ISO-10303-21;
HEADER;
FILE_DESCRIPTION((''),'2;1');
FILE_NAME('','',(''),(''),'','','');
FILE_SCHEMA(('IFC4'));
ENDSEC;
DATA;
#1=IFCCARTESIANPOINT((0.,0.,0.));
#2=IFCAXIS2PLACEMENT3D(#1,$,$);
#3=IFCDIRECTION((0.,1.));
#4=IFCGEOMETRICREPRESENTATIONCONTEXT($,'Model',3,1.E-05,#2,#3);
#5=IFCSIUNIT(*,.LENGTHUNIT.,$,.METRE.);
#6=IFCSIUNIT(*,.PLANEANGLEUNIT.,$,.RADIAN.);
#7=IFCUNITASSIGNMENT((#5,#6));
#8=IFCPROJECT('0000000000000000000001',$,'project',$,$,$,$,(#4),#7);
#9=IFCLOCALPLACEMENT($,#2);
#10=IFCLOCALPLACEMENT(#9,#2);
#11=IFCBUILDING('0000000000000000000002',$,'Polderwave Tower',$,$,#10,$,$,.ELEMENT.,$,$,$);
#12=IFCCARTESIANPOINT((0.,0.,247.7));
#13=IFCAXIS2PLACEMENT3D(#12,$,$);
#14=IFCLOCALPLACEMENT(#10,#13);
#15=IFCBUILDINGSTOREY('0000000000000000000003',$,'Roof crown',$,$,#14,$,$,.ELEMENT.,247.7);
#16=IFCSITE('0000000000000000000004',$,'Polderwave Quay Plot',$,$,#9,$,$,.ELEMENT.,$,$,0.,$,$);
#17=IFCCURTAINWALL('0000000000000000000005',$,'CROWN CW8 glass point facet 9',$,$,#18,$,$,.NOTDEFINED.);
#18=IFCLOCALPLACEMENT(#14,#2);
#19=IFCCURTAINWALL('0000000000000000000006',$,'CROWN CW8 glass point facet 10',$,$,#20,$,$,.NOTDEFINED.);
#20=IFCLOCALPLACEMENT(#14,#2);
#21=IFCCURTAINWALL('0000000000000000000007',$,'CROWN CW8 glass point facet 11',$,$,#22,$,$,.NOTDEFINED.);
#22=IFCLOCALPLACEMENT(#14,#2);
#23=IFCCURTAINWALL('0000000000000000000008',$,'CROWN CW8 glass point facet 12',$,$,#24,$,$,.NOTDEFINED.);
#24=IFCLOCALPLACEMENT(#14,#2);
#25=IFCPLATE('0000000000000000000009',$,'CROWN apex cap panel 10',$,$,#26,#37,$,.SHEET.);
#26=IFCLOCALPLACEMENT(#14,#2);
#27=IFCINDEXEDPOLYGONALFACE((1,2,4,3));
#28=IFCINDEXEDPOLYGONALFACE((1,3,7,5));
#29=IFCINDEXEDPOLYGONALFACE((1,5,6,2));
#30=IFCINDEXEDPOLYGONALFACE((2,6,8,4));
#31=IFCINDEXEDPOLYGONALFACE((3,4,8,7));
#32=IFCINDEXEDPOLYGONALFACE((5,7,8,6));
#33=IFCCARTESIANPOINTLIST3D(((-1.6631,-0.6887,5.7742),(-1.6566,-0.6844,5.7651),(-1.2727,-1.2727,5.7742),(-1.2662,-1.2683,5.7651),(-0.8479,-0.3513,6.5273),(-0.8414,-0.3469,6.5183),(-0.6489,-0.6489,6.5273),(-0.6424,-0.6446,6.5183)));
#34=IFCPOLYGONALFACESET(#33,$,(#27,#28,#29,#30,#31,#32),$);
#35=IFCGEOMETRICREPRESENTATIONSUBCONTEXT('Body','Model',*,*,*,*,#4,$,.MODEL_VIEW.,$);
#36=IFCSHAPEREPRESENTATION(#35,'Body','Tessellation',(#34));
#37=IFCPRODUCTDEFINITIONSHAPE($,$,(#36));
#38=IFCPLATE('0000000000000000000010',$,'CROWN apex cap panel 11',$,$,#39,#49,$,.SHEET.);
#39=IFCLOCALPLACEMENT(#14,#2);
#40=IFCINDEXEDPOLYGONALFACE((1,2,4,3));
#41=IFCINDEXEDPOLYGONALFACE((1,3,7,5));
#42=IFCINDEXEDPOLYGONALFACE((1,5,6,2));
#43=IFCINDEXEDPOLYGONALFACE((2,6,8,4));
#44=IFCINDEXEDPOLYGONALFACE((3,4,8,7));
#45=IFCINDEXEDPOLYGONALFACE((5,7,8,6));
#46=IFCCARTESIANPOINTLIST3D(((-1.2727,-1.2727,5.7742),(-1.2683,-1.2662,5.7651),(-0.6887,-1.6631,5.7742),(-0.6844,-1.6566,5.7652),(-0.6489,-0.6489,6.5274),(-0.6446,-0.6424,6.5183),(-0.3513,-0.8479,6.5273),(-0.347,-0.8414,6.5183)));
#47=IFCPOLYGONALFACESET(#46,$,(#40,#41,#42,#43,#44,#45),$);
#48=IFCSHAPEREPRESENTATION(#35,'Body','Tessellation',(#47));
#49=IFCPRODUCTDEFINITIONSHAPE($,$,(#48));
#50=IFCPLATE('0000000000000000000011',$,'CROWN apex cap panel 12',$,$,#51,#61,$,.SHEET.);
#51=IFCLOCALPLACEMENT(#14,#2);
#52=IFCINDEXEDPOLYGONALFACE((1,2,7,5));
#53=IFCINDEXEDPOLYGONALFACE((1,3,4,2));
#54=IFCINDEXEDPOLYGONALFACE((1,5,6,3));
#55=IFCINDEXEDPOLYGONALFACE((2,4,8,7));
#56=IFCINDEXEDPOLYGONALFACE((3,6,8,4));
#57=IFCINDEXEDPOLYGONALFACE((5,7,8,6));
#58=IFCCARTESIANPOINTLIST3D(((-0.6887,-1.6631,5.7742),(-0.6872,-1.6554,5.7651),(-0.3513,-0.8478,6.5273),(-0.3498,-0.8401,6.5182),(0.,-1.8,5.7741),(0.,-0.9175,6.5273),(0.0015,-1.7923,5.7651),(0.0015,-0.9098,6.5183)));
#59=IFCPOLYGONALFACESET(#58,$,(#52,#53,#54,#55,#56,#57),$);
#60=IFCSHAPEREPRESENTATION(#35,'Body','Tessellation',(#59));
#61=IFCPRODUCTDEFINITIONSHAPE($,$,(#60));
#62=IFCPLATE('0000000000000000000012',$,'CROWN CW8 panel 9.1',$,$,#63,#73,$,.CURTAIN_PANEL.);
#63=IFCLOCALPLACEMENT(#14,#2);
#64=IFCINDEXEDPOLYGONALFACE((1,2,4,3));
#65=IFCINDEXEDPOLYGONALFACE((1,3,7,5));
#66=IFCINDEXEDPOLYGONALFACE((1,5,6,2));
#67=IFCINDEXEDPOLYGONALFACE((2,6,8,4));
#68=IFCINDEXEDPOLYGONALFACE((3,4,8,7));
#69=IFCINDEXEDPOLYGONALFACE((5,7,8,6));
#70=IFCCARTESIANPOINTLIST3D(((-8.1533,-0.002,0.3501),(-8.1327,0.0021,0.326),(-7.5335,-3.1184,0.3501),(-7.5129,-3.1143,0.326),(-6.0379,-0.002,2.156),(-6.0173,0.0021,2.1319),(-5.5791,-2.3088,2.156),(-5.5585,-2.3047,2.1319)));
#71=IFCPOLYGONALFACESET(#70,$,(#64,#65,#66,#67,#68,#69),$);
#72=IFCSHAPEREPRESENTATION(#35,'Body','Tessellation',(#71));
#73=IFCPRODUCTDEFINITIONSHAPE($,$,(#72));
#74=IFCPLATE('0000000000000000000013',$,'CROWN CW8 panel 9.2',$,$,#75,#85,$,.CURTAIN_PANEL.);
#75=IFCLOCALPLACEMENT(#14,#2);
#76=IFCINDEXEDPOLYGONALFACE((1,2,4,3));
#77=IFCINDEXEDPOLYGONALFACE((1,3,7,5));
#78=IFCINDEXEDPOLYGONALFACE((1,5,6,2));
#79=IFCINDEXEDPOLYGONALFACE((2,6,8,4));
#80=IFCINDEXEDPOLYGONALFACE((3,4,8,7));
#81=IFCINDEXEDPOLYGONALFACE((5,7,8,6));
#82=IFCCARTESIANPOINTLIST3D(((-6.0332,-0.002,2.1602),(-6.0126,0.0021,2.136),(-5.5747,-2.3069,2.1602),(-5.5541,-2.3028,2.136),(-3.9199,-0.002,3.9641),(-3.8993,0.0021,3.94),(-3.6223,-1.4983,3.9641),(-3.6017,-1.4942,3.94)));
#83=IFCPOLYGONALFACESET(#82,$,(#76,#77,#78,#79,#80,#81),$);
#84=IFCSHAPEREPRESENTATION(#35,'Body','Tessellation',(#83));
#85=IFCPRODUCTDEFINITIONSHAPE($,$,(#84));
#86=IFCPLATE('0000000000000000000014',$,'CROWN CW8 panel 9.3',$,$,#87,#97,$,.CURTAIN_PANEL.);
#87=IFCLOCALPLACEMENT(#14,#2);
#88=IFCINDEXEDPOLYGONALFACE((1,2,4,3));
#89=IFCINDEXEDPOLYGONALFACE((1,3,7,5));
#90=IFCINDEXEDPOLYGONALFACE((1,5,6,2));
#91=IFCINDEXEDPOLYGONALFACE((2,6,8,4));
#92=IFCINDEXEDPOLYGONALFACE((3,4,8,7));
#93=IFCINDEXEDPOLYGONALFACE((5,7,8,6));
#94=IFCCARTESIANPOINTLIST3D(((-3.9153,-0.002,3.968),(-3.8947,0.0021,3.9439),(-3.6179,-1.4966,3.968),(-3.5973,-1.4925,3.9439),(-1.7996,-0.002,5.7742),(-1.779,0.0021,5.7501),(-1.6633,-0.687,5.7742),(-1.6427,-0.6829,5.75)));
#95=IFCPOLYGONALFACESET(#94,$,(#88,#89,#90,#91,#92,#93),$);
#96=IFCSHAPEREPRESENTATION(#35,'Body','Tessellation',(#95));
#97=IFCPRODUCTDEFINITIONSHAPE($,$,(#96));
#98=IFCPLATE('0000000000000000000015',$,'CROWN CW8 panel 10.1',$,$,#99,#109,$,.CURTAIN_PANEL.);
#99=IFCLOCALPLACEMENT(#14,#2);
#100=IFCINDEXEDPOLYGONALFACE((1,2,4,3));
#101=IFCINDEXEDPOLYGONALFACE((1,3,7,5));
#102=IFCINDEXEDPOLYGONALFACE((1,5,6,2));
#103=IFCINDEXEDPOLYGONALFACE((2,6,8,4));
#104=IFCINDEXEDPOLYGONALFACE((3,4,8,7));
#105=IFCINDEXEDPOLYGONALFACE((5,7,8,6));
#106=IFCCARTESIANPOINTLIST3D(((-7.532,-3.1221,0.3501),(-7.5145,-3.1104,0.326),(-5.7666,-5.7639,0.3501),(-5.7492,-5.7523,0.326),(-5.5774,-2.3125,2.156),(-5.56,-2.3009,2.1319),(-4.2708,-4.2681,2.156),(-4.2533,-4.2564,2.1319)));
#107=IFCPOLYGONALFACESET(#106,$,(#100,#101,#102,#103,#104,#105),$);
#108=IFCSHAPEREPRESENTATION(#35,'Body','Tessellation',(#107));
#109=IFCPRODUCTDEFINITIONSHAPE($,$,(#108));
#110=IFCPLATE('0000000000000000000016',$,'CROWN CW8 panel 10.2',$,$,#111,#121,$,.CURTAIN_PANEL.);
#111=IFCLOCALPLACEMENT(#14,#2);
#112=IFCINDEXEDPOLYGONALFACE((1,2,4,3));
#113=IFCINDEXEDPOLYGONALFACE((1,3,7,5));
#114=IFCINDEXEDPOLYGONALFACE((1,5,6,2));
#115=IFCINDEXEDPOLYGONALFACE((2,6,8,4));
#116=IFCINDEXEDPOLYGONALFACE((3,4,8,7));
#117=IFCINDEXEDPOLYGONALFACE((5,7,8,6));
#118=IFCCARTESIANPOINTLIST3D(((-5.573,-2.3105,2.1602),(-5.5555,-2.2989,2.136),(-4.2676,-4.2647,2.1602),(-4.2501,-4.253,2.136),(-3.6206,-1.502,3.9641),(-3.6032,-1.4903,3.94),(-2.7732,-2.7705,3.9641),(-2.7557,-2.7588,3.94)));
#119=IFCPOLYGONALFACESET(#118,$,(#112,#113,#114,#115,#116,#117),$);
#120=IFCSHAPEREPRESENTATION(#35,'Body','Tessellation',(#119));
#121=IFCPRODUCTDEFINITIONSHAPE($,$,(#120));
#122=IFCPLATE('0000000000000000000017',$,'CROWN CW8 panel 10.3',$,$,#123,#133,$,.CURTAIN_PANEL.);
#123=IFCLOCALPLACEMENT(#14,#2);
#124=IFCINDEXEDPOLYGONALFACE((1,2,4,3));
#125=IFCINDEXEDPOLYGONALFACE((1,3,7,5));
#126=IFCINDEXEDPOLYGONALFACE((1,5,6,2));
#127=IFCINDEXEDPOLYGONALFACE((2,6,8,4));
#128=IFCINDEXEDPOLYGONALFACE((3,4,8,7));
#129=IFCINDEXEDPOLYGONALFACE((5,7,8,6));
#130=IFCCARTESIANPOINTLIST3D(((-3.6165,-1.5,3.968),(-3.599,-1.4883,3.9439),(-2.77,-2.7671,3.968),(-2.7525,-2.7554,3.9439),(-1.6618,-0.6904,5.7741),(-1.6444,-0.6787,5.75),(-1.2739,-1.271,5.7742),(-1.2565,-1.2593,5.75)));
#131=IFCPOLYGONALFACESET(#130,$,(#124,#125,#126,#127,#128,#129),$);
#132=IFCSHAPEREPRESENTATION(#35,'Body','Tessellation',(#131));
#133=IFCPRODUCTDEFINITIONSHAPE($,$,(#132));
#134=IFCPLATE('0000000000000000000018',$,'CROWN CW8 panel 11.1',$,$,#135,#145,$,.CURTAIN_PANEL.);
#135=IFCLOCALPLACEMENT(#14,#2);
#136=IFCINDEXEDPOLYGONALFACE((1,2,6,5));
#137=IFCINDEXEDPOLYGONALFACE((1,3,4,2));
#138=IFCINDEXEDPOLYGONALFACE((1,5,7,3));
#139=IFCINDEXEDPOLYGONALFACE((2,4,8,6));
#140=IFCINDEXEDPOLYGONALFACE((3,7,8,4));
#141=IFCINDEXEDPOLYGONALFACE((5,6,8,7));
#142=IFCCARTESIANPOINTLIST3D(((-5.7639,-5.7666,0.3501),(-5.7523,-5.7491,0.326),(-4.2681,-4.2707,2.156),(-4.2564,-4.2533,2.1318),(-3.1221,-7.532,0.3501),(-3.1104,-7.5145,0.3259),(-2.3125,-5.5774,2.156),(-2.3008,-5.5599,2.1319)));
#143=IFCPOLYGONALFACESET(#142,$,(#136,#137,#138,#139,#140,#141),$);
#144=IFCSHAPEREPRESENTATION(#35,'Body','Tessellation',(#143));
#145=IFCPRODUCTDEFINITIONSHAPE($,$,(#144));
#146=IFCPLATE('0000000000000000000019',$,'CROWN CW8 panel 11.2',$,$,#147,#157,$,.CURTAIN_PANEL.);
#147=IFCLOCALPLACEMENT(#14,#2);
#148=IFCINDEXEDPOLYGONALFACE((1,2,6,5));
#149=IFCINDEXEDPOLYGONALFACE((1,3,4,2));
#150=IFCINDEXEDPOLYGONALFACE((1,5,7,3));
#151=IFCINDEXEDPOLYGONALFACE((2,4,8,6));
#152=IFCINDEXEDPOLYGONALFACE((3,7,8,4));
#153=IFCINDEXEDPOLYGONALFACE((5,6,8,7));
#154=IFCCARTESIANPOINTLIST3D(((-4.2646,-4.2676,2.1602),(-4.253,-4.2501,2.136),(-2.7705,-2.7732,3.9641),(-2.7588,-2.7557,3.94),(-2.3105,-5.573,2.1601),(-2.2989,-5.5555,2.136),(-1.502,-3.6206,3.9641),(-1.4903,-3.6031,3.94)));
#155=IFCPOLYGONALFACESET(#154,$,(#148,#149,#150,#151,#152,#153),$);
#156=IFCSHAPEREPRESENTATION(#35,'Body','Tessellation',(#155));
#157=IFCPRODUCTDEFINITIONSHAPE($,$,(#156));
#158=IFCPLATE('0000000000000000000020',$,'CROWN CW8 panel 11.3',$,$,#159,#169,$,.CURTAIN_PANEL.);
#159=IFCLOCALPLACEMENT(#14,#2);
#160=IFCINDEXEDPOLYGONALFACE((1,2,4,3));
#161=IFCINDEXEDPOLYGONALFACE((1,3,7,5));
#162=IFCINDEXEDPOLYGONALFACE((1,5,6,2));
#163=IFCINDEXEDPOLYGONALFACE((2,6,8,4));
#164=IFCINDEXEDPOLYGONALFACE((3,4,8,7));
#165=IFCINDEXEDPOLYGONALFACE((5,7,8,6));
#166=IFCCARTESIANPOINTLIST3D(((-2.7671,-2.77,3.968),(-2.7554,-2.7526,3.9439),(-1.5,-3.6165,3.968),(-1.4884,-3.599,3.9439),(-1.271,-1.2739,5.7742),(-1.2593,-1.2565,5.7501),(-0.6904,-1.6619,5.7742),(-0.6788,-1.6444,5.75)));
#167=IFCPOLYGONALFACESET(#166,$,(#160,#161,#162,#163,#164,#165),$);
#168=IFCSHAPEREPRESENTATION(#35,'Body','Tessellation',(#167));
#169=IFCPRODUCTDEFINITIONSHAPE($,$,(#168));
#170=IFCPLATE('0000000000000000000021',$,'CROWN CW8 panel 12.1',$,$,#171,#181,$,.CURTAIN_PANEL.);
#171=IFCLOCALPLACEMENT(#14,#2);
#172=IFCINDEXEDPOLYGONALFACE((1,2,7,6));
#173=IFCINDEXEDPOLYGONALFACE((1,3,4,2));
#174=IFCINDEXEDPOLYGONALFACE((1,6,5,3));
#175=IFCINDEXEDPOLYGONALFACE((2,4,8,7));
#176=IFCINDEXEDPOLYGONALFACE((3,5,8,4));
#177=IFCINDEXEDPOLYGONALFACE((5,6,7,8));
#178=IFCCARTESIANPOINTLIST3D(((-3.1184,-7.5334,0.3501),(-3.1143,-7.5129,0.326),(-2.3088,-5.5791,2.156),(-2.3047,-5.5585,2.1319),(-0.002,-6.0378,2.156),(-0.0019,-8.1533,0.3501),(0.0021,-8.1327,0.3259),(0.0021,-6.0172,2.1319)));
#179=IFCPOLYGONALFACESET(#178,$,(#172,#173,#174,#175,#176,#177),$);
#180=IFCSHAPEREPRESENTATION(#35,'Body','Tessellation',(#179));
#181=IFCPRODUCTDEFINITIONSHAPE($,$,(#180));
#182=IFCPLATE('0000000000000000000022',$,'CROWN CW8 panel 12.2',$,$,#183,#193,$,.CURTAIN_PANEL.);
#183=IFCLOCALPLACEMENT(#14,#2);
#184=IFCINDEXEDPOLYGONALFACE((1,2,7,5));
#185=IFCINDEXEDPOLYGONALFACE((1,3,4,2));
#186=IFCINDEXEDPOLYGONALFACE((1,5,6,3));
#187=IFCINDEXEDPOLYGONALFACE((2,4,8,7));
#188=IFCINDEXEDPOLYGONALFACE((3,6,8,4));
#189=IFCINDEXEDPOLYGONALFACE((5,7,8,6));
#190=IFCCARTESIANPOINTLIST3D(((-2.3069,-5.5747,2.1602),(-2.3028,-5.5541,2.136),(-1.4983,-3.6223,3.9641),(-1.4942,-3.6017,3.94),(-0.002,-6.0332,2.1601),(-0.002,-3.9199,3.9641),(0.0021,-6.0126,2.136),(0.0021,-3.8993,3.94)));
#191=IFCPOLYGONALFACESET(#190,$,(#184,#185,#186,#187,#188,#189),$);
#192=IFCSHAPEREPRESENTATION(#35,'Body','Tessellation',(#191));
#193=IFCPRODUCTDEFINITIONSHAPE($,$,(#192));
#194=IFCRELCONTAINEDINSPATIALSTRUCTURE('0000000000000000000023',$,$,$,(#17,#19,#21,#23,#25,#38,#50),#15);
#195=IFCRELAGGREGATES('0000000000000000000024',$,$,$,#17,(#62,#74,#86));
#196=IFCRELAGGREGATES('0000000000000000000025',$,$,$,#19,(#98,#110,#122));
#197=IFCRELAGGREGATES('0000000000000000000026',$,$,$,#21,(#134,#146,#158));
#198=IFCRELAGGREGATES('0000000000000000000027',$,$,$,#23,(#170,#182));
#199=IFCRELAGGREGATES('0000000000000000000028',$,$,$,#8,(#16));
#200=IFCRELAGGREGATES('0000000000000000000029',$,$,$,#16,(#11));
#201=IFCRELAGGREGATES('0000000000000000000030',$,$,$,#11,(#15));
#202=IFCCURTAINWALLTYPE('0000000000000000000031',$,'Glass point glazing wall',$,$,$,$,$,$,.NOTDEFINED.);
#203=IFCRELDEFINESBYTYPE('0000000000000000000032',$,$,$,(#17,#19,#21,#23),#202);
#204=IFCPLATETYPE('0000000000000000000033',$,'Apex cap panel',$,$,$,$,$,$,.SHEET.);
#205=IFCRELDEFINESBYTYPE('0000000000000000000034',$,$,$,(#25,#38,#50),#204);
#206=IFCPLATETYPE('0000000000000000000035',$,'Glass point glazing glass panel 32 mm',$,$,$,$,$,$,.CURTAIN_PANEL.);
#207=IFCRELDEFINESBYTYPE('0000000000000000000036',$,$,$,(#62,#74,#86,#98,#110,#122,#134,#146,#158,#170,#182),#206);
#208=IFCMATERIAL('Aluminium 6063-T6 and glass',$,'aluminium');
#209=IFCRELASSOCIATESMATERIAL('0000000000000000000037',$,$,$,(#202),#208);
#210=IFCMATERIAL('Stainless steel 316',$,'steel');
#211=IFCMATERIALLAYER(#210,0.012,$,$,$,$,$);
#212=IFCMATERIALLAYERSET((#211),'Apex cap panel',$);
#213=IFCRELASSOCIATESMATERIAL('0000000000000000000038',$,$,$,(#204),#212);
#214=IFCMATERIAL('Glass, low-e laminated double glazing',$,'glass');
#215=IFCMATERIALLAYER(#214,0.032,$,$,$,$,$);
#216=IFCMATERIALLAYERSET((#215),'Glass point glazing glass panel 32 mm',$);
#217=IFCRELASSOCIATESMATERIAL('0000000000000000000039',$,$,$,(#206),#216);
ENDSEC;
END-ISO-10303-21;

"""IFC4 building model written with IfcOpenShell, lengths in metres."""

from ifc_helpers import new_model, si_unit, direction, frame, origin, place, context, subcontext, project, spatial, polyline, outline, extrude, material, layer, layer_set, type_object, element, aggregate, save


model = new_model("IFC4")

# Units and contexts
model_context = context("Model", 3, precision=1e-05, world=origin(), true_north=direction((0.0, 1.0)))
body_context = subcontext(model_context, "Body", "Model", "MODEL_VIEW")
ifc_project = project(units=[si_unit("LENGTHUNIT", "METRE"), si_unit("PLANEANGLEUNIT", "RADIAN")], contexts=[model_context])

# Site, building, storey
site_placement = place(None, origin())
site = spatial("IfcSite", under=ifc_project, at=site_placement, Name="Polderwave Quay Plot", CompositionType="ELEMENT", RefElevation=0.0)
building_placement = place(site_placement, origin())
building = spatial("IfcBuilding", under=site, at=building_placement, Name="Polderwave Tower", CompositionType="ELEMENT")
storey_placement = place(building_placement, frame((0.0, 0.0, 247.7)))
storey = spatial("IfcBuildingStorey", under=building, at=storey_placement, Name="Roof crown", CompositionType="ELEMENT", Elevation=247.7)

# Curtain walls
ifc_material_1 = material(Name="Aluminium 6063-T6 and glass", Category="aluminium")
curtain_wall_type = type_object("IfcCurtainWallType", Name="Glass point glazing wall", PredefinedType="NOTDEFINED", material=ifc_material_1)
curtain_wall_1_placement = place(storey_placement, origin())
curtain_wall_1 = element("IfcCurtainWall", 1, at=curtain_wall_1_placement, inside=storey, type_object=curtain_wall_type, Name="CROWN CW8 glass point facet 9", PredefinedType="NOTDEFINED")
curtain_wall_2_placement = place(storey_placement, origin())
curtain_wall_2 = element("IfcCurtainWall", 2, at=curtain_wall_2_placement, inside=storey, type_object=curtain_wall_type, Name="CROWN CW8 glass point facet 10", PredefinedType="NOTDEFINED")
curtain_wall_3_placement = place(storey_placement, origin())
curtain_wall_3 = element("IfcCurtainWall", 3, at=curtain_wall_3_placement, inside=storey, type_object=curtain_wall_type, Name="CROWN CW8 glass point facet 11", PredefinedType="NOTDEFINED")
curtain_wall_4_placement = place(storey_placement, origin())
curtain_wall_4 = element("IfcCurtainWall", 4, at=curtain_wall_4_placement, inside=storey, type_object=curtain_wall_type, Name="CROWN CW8 glass point facet 12", PredefinedType="NOTDEFINED")

# Plates
ifc_material_2 = material(Name="Stainless steel 316", Category="steel")
ifc_layer_1 = layer(ifc_material_2, 0.012)
ifc_layer_set_1 = layer_set([ifc_layer_1], Name="Apex cap panel")
plate_type_1 = type_object("IfcPlateType", Name="Apex cap panel", PredefinedType="SHEET", material=ifc_layer_set_1)
plate_1_placement = place(storey_placement, frame((-1.6631, -0.6887, 5.7742), z_axis=(-0.545839, -0.3649, 0.75426), x_axis=(0.555751, -0.831349, -0.000012)))
element("IfcPlate", 5, at=plate_1_placement, inside=storey, type_object=plate_type_1, Name="CROWN apex cap panel 10", PredefinedType="SHEET", context=body_context, shape_type="SweptSolid", body=[
    extrude(outline(polyline([(0.0, 0.0), (0.7024, 0.0), (0.5305, 1.1471), (0.1725, 1.1471), (0.0, 0.0)])), origin(), (0.0, 0.0, -1.0), 0.012),
])
plate_2_placement = place(storey_placement, frame((-1.2727, -1.2727, 5.7742), z_axis=(-0.3649, -0.545839, 0.75426), x_axis=(0.831349, -0.555751, 0.000012)))
element("IfcPlate", 6, at=plate_2_placement, inside=storey, type_object=plate_type_1, Name="CROWN apex cap panel 11", PredefinedType="SHEET", context=body_context, shape_type="SweptSolid", body=[
    extrude(outline(polyline([(0.0, 0.0), (0.7024, 0.0), (0.5299, 1.1471), (0.1719, 1.1471), (0.0, 0.0)])), origin(), (0.0, 0.0, -1.0), 0.012),
])
plate_3_placement = place(storey_placement, frame((-0.6887, -1.6631, 5.7742), z_axis=(-0.127872, -0.643894, 0.754353), x_axis=(0.980816, -0.194935, -0.000131)))
element("IfcPlate", 7, at=plate_3_placement, inside=storey, type_object=plate_type_1, Name="CROWN apex cap panel 12", PredefinedType="SHEET", context=body_context, shape_type="SweptSolid", body=[
    extrude(outline(polyline([(0.0, 0.0), (0.7022, 0.0), (0.5301, 1.1474), (0.1719, 1.1472), (0.0, 0.0)])), origin(), (0.0, 0.0, -1.0), 0.012),
])

# Plates
ifc_material_3 = material(Name="Glass, low-e laminated double glazing", Category="glass")
ifc_layer_2 = layer(ifc_material_3, 0.032)
ifc_layer_set_2 = layer_set([ifc_layer_2], Name="Glass point glazing glass panel 32 mm")
plate_type_2 = type_object("IfcPlateType", Name="Glass point glazing glass panel 32 mm", PredefinedType="CURTAIN_PANEL", material=ifc_layer_set_2)
plate_4_placement = place(storey_placement, frame((-8.1533, -0.002, 0.3501), z_axis=(-0.643929, -0.128067, 0.75429), x_axis=(0.195074, -0.980789, 0.000009)))
plate_4 = element("IfcPlate", 8, at=plate_4_placement, type_object=plate_type_2, Name="CROWN CW8 panel 9.1", PredefinedType="CURTAIN_PANEL", context=body_context, shape_type="SweptSolid", body=[
    extrude(outline(polyline([(0.0, 0.0), (3.1775, 0.0), (2.7647, 2.7506), (0.4127, 2.7507), (0.0, 0.0)])), origin(), (0.0, 0.0, -1.0), 0.032),
])
plate_5_placement = place(storey_placement, frame((-6.0332, -0.002, 2.1602), z_axis=(-0.643906, -0.128078, 0.754308), x_axis=(0.195092, -0.980785, 0.000005)))
plate_5 = element("IfcPlate", 9, at=plate_5_placement, type_object=plate_type_2, Name="CROWN CW8 panel 9.2", PredefinedType="CURTAIN_PANEL", context=body_context, shape_type="SweptSolid", body=[
    extrude(outline(polyline([(0.0, 0.0), (2.3501, 0.0), (1.9379, 2.7477), (0.4123, 2.7478), (0.0, 0.0)])), origin(), (0.0, 0.0, -1.0), 0.032),
])
plate_6_placement = place(storey_placement, frame((-3.9153, -0.002, 3.968), z_axis=(-0.643931, -0.128094, 0.754284), x_axis=(0.195118, -0.98078, 0.000014)))
plate_6 = element("IfcPlate", 10, at=plate_6_placement, type_object=plate_type_2, Name="CROWN CW8 panel 9.3", PredefinedType="CURTAIN_PANEL", context=body_context, shape_type="SweptSolid", body=[
    extrude(outline(polyline([(0.0, 0.0), (1.5239, 0.0), (1.1113, 2.751), (0.4128, 2.751), (0.0, 0.0)])), origin(), (0.0, 0.0, -1.0), 0.032),
])
aggregate(curtain_wall_1, [plate_4, plate_5, plate_6])
plate_7_placement = place(storey_placement, frame((-7.532, -3.1221, 0.3501), z_axis=(-0.545872, -0.364755, 0.754306), x_axis=(0.555596, -0.831452, 0.000011)))
plate_7 = element("IfcPlate", 11, at=plate_7_placement, type_object=plate_type_2, Name="CROWN CW8 panel 10.1", PredefinedType="CURTAIN_PANEL", context=body_context, shape_type="SweptSolid", body=[
    extrude(outline(polyline([(0.0, 0.0), (3.1774, 0.0), (2.7648, 2.7507), (0.4129, 2.7508), (0.0, 0.0)])), origin(), (0.0, 0.0, -1.0), 0.032),
])
plate_8_placement = place(storey_placement, frame((-5.573, -2.3105, 2.1602), z_axis=(-0.54592, -0.364691, 0.754302), x_axis=(0.555488, -0.831524, 0.000004)))
plate_8 = element("IfcPlate", 12, at=plate_8_placement, type_object=plate_type_2, Name="CROWN CW8 panel 10.2", PredefinedType="CURTAIN_PANEL", context=body_context, shape_type="SweptSolid", body=[
    extrude(outline(polyline([(0.0, 0.0), (2.35, 0.0), (1.9377, 2.7477), (0.4122, 2.7477), (0.0, 0.0)])), origin(), (0.0, 0.0, -1.0), 0.032),
])
plate_9_placement = place(storey_placement, frame((-3.6165, -1.5, 3.968), z_axis=(-0.545922, -0.364717, 0.754288), x_axis=(0.555491, -0.831522, -0.000021)))
plate_9 = element("IfcPlate", 13, at=plate_9_placement, type_object=plate_type_2, Name="CROWN CW8 panel 10.3", PredefinedType="CURTAIN_PANEL", context=body_context, shape_type="SweptSolid", body=[
    extrude(outline(polyline([(0.0, 0.0), (1.5238, 0.0), (1.1108, 2.751), (0.4125, 2.751), (0.0, 0.0)])), origin(), (0.0, 0.0, -1.0), 0.032),
])
aggregate(curtain_wall_2, [plate_7, plate_8, plate_9])
plate_10_placement = place(storey_placement, frame((-5.7639, -5.7666, 0.3501), z_axis=(-0.364755, -0.545872, 0.754306), x_axis=(0.831452, -0.555596, -0.000011)))
plate_10 = element("IfcPlate", 14, at=plate_10_placement, type_object=plate_type_2, Name="CROWN CW8 panel 11.1", PredefinedType="CURTAIN_PANEL", context=body_context, shape_type="SweptSolid", body=[
    extrude(outline(polyline([(0.0, 0.0), (3.1774, 0.0), (2.7645, 2.7508), (0.4126, 2.7507), (0.0, 0.0)])), origin(), (0.0, 0.0, -1.0), 0.032),
])
plate_11_placement = place(storey_placement, frame((-4.2646, -4.2676, 2.1602), z_axis=(-0.364691, -0.54592, 0.754302), x_axis=(0.831524, -0.555488, -0.000004)))
plate_11 = element("IfcPlate", 15, at=plate_11_placement, type_object=plate_type_2, Name="CROWN CW8 panel 11.2", PredefinedType="CURTAIN_PANEL", context=body_context, shape_type="SweptSolid", body=[
    extrude(outline(polyline([(0.0, 0.0), (2.35, 0.0), (1.9379, 2.7477), (0.4123, 2.7477), (0.0, 0.0)])), origin(), (0.0, 0.0, -1.0), 0.032),
])
plate_12_placement = place(storey_placement, frame((-2.7671, -2.77, 3.968), z_axis=(-0.364717, -0.545922, 0.754288), x_axis=(0.831522, -0.555491, 0.000021)))
plate_12 = element("IfcPlate", 16, at=plate_12_placement, type_object=plate_type_2, Name="CROWN CW8 panel 11.3", PredefinedType="CURTAIN_PANEL", context=body_context, shape_type="SweptSolid", body=[
    extrude(outline(polyline([(0.0, 0.0), (1.5238, 0.0), (1.1113, 2.751), (0.413, 2.751), (0.0, 0.0)])), origin(), (0.0, 0.0, -1.0), 0.032),
])
aggregate(curtain_wall_3, [plate_10, plate_11, plate_12])
plate_13_placement = place(storey_placement, frame((-3.1184, -7.5334, 0.3501), z_axis=(-0.128067, -0.643929, 0.75429), x_axis=(0.980789, -0.195074, -0.000009)))
plate_13 = element("IfcPlate", 17, at=plate_13_placement, type_object=plate_type_2, Name="CROWN CW8 panel 12.1", PredefinedType="CURTAIN_PANEL", context=body_context, shape_type="SweptSolid", body=[
    extrude(outline(polyline([(0.0, 0.0), (3.1775, 0.0), (2.7648, 2.7507), (0.4128, 2.7506), (0.0, 0.0)])), origin(), (0.0, 0.0, -1.0), 0.032),
])
plate_14_placement = place(storey_placement, frame((-2.3069, -5.5747, 2.1602), z_axis=(-0.128078, -0.643906, 0.754308), x_axis=(0.980785, -0.195092, -0.000005)))
plate_14 = element("IfcPlate", 18, at=plate_14_placement, type_object=plate_type_2, Name="CROWN CW8 panel 12.2", PredefinedType="CURTAIN_PANEL", context=body_context, shape_type="SweptSolid", body=[
    extrude(outline(polyline([(0.0, 0.0), (2.3501, 0.0), (1.9378, 2.7478), (0.4121, 2.7477), (0.0, 0.0)])), origin(), (0.0, 0.0, -1.0), 0.032),
])
aggregate(curtain_wall_4, [plate_13, plate_14])

save(model, "model.ifc")
